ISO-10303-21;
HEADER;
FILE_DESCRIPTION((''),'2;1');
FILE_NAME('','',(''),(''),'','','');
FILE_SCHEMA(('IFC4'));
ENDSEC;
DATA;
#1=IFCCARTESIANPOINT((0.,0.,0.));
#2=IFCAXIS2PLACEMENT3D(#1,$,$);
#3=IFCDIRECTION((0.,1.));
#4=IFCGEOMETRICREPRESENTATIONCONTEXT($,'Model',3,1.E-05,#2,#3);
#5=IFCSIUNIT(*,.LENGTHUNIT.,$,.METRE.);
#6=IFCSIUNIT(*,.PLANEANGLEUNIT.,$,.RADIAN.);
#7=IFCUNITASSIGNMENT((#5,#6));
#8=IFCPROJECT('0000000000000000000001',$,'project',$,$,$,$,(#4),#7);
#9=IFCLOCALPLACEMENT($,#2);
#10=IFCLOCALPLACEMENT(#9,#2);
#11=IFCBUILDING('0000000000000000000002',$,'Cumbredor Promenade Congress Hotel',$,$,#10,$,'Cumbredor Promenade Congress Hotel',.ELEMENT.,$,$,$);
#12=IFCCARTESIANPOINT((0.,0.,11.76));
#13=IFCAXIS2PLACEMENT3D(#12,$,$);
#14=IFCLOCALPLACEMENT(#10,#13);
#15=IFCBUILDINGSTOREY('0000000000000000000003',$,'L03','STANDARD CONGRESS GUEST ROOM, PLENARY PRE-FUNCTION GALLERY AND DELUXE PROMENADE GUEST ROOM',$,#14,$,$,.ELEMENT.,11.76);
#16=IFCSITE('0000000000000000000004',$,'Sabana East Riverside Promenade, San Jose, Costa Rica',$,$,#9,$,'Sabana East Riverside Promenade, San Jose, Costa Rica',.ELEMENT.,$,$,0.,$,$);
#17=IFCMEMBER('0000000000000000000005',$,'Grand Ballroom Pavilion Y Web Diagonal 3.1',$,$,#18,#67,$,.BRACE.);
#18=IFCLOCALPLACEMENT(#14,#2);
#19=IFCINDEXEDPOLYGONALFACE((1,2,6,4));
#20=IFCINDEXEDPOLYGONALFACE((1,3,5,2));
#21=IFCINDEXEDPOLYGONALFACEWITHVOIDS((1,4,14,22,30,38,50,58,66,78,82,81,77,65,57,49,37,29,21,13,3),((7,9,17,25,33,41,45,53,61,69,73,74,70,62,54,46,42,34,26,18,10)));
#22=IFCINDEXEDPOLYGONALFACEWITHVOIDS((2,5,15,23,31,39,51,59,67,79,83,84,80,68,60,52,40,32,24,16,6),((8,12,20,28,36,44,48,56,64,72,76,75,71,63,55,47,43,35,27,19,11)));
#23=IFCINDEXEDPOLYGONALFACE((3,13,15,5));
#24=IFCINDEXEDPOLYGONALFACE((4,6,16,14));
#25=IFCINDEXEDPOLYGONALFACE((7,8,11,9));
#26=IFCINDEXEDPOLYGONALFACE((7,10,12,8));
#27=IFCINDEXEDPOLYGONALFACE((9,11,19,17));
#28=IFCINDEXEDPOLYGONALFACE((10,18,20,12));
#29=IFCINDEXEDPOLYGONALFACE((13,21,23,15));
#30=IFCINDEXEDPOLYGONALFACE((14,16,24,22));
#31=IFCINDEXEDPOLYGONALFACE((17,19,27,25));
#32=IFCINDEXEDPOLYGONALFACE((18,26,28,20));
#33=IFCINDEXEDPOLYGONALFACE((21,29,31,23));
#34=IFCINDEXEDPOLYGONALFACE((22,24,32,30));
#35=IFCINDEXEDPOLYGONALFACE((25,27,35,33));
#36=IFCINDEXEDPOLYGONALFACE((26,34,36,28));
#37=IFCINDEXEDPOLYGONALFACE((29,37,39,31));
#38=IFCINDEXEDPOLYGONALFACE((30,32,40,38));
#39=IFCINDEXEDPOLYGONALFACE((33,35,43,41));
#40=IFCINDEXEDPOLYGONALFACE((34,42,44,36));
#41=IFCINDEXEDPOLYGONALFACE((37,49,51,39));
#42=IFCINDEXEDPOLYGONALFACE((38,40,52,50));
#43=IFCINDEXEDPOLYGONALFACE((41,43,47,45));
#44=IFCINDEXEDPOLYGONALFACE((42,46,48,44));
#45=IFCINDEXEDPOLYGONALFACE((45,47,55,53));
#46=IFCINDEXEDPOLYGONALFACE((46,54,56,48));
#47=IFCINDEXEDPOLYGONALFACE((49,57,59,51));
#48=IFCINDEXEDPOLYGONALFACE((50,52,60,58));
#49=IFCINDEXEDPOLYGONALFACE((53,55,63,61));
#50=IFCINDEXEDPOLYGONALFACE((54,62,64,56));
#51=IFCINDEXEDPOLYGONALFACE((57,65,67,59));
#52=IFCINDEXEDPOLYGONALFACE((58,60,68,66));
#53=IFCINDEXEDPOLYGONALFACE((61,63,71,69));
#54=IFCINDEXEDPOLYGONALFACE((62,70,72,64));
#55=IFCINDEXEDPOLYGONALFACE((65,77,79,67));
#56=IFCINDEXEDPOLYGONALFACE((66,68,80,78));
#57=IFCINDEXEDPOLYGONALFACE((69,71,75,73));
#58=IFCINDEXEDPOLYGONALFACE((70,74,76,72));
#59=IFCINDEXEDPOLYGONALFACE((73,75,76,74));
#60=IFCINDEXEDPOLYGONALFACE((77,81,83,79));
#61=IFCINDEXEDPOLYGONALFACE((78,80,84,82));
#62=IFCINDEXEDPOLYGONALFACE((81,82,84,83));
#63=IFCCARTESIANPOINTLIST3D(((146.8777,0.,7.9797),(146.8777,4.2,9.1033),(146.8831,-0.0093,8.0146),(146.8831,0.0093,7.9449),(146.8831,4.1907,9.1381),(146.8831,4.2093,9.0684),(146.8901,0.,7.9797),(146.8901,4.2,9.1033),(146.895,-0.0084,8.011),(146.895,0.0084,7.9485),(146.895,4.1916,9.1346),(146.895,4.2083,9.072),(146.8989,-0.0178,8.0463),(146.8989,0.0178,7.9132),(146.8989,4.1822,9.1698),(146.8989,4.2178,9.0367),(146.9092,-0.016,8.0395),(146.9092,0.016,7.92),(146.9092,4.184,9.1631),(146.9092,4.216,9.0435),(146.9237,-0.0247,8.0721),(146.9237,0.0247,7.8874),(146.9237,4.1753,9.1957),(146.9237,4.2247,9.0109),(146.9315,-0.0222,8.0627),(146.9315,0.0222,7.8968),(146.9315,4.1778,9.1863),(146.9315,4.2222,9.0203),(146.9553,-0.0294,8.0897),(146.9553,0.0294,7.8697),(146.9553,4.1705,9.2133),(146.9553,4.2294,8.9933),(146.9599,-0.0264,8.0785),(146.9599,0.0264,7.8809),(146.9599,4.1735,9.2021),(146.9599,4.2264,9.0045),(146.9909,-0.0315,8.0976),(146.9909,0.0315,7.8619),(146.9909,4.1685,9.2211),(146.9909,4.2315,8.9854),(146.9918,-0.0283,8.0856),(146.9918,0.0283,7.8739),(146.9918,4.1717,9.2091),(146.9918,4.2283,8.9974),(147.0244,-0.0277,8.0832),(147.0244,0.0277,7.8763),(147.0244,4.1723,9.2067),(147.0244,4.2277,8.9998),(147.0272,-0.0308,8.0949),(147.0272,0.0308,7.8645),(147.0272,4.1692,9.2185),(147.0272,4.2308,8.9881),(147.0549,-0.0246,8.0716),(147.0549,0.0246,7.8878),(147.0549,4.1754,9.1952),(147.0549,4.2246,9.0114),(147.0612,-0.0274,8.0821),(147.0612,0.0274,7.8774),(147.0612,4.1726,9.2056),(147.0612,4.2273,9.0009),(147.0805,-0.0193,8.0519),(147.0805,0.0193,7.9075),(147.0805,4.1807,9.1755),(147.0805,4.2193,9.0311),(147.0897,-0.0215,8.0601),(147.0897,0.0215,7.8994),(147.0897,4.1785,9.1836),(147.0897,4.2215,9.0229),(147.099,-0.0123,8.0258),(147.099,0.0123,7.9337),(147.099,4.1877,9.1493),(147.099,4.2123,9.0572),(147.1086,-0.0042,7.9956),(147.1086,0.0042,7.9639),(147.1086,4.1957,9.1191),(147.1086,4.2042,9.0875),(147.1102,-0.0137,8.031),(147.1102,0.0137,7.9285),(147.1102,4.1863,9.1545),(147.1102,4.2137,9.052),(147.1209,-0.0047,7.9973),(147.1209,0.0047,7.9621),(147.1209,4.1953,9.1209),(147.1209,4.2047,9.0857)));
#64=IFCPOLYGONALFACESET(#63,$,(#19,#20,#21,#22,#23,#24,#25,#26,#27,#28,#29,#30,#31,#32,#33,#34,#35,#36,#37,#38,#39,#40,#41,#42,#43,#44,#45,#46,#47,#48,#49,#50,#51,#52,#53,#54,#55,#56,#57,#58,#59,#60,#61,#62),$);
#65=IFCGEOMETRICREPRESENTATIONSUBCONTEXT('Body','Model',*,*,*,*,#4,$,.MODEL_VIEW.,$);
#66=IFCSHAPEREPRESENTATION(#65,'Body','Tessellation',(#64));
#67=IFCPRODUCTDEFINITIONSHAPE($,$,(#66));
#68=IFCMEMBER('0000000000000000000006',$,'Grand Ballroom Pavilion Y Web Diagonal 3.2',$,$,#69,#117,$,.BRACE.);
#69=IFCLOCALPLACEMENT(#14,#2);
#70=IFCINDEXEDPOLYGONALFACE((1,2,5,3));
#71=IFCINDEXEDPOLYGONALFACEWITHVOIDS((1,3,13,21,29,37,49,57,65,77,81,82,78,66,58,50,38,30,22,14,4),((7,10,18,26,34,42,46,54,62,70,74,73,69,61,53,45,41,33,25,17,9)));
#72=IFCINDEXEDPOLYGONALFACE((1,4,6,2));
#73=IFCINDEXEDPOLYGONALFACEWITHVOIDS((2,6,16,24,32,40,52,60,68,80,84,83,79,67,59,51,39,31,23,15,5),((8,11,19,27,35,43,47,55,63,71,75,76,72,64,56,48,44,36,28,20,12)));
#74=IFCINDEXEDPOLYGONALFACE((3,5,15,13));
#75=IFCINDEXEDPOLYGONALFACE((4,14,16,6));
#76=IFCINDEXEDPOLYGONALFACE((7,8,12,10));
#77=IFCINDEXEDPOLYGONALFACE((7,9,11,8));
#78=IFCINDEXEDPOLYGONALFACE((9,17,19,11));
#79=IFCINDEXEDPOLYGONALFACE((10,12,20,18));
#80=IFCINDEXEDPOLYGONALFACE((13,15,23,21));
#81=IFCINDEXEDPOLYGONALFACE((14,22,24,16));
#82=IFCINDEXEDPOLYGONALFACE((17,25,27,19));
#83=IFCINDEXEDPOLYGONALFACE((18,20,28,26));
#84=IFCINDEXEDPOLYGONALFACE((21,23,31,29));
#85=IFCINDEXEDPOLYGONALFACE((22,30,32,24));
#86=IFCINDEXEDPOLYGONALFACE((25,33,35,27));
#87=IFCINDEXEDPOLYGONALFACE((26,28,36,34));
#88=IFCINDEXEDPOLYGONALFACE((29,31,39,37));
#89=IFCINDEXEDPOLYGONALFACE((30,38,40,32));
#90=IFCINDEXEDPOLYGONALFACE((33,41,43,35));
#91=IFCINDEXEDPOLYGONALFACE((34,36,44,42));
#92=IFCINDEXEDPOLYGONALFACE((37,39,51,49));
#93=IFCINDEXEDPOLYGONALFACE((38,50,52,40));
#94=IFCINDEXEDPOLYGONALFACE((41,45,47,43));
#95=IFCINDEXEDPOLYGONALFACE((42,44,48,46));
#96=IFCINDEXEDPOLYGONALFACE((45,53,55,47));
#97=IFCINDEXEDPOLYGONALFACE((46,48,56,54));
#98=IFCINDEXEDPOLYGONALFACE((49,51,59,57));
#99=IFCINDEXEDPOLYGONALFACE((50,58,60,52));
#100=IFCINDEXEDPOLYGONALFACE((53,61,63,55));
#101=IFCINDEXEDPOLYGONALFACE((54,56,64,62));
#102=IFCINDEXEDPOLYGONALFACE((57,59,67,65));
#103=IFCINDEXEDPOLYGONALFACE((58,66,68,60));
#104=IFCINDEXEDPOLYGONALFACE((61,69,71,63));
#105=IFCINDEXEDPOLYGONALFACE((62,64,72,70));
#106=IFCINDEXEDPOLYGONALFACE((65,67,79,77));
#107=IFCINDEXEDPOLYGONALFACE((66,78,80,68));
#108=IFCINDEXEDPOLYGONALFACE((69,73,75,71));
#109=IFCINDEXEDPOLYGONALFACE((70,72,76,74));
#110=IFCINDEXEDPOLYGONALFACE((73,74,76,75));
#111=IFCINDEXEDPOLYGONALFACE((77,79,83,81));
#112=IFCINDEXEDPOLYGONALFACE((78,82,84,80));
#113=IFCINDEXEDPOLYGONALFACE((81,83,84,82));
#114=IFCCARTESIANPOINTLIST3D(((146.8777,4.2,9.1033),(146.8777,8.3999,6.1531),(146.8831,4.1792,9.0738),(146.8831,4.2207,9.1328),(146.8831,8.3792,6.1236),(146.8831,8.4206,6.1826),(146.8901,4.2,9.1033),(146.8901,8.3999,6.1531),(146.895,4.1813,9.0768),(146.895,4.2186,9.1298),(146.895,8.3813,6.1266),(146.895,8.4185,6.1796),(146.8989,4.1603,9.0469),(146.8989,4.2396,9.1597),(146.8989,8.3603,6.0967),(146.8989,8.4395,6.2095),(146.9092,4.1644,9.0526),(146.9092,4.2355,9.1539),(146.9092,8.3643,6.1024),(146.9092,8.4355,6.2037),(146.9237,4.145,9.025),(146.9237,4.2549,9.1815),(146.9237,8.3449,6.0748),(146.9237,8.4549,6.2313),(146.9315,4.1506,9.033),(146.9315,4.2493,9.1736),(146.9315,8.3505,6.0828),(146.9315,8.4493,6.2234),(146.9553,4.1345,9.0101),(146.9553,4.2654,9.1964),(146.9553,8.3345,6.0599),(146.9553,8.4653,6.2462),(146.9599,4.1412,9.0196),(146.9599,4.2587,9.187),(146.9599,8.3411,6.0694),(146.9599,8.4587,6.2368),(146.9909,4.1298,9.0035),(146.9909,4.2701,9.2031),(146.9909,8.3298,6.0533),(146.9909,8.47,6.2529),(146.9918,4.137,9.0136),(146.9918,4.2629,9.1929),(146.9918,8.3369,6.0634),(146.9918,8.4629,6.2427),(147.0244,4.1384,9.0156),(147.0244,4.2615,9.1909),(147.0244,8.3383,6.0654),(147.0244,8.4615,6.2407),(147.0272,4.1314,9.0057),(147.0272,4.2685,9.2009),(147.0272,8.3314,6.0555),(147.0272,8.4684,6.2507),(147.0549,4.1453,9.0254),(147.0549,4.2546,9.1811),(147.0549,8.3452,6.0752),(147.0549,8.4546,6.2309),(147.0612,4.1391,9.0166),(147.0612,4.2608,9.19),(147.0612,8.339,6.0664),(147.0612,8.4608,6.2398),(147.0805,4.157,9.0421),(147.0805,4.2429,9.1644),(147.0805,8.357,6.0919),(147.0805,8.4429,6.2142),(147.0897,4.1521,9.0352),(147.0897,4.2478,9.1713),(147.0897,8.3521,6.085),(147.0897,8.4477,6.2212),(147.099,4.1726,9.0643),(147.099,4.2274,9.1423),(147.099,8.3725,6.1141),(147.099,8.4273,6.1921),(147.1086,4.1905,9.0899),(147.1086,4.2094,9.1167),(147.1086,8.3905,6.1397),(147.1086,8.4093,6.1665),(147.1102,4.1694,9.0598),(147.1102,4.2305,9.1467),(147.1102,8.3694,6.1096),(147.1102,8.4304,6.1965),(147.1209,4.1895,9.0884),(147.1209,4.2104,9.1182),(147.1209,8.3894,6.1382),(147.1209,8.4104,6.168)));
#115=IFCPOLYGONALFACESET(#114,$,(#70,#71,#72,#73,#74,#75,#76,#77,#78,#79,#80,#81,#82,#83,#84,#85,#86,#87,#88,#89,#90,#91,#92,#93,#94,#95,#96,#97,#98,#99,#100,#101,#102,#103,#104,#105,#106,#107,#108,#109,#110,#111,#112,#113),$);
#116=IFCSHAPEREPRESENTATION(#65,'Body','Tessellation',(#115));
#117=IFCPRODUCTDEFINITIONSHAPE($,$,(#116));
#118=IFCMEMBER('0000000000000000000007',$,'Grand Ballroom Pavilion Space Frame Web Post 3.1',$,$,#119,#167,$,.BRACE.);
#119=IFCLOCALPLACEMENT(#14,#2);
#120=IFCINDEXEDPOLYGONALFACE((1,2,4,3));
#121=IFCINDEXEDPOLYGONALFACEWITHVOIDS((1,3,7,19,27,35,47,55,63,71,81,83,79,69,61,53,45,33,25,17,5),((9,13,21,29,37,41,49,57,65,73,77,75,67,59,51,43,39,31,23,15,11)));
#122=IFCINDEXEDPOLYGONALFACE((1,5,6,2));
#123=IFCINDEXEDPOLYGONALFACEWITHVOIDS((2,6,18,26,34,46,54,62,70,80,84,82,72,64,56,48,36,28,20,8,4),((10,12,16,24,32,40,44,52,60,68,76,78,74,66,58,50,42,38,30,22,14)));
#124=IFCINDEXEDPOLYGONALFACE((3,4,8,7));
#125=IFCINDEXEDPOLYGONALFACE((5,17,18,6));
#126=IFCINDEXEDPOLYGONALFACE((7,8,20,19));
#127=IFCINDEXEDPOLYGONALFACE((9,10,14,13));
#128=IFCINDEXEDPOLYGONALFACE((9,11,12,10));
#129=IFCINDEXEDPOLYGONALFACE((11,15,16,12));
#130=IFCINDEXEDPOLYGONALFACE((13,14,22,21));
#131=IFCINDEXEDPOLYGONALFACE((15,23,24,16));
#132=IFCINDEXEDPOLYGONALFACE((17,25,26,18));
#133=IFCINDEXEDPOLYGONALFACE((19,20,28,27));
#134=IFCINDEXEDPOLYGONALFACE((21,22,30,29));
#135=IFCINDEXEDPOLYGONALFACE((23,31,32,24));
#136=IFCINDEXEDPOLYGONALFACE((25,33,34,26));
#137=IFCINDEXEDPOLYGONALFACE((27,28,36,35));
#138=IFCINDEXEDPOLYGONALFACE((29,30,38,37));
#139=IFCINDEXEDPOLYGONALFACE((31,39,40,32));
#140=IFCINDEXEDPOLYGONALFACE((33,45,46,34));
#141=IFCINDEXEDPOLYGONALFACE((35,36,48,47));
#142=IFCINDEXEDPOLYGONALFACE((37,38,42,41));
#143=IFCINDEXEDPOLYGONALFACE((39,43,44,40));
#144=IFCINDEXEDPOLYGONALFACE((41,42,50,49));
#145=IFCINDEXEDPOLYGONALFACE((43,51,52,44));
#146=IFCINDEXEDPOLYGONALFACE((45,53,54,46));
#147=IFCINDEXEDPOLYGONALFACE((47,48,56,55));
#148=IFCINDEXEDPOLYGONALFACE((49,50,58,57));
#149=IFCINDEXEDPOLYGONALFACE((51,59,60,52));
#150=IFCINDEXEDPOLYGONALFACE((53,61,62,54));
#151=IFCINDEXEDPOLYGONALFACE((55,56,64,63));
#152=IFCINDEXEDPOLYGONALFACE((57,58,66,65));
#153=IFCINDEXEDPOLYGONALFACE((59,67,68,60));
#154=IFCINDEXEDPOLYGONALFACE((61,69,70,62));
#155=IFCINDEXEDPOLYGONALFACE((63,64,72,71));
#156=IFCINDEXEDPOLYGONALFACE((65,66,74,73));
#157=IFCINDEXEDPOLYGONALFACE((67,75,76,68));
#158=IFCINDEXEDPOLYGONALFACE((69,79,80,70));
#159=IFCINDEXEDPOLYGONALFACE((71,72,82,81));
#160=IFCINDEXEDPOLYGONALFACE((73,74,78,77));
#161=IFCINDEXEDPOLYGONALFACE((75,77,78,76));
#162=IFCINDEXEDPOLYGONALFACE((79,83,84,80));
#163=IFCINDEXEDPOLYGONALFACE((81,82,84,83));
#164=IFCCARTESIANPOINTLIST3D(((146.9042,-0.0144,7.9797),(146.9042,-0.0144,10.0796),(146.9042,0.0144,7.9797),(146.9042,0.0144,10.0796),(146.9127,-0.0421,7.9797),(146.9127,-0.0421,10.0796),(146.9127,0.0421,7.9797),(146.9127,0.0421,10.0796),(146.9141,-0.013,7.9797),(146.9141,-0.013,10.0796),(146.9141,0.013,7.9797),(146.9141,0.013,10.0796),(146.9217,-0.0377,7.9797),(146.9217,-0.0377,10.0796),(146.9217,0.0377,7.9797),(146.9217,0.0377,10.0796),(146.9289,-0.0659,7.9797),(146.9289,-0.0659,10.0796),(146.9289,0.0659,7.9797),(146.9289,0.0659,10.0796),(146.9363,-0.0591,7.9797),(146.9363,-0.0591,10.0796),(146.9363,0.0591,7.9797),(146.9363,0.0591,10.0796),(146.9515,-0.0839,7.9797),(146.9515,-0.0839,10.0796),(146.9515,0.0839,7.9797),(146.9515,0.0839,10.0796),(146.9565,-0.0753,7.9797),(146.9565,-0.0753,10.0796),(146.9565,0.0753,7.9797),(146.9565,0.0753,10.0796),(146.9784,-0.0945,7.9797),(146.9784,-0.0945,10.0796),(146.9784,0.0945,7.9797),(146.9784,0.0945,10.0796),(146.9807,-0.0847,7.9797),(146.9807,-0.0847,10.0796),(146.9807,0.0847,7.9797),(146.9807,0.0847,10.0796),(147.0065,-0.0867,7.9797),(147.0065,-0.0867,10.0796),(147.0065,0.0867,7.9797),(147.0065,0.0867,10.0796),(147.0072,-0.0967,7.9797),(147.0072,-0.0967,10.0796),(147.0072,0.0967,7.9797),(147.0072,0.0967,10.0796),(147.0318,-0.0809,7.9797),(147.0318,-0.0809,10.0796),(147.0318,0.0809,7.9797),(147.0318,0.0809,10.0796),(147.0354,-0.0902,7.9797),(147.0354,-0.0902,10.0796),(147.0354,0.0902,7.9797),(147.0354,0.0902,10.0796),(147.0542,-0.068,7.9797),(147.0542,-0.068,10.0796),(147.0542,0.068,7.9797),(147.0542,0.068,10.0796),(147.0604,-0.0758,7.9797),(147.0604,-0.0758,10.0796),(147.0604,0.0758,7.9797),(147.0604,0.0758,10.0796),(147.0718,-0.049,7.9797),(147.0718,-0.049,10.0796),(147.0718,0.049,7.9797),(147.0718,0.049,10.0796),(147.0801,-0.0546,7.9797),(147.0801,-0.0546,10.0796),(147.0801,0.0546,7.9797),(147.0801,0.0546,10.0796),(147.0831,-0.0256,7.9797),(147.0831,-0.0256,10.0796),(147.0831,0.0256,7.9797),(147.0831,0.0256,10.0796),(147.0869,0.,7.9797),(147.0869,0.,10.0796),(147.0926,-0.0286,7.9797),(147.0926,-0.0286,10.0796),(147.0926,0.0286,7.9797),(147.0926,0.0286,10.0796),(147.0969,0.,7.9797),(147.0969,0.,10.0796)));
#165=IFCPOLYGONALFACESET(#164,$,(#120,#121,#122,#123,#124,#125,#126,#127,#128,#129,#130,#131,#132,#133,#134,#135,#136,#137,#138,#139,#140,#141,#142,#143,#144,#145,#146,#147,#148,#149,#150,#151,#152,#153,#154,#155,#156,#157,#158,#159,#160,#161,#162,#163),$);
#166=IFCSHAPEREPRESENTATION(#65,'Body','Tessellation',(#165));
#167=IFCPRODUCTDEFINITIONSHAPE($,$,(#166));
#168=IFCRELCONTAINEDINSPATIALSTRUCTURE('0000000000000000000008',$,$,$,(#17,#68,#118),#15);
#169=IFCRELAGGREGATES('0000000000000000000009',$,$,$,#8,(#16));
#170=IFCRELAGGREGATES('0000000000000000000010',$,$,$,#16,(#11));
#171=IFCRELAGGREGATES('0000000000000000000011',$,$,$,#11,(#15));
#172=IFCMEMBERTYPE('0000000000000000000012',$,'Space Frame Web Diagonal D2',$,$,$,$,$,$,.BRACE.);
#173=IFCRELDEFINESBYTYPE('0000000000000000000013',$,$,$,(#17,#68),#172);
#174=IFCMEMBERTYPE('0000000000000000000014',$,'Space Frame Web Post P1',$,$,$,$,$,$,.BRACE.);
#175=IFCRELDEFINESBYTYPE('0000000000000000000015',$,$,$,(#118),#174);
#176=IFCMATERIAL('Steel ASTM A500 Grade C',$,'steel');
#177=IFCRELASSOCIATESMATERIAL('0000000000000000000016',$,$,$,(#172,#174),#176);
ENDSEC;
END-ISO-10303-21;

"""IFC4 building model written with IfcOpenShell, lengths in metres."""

from ifc_helpers import new_model, si_unit, direction, frame, origin, origin_2d, place, context, subcontext, project, spatial, hollow_circle, extrude, material, material_profile, profile_set, type_object, element, save


model = new_model("IFC4")

# Units and contexts
model_context = context("Model", 3, precision=1e-05, world=origin(), true_north=direction((0.0, 1.0)))
body_context = subcontext(model_context, "Body", "Model", "MODEL_VIEW")
ifc_project = project(units=[si_unit("LENGTHUNIT", "METRE"), si_unit("PLANEANGLEUNIT", "RADIAN")], contexts=[model_context])

# Site, building, storey
site_placement = place(None, origin())
site = spatial("IfcSite", under=ifc_project, at=site_placement, Name="Sabana East Riverside Promenade, San Jose, Costa Rica", LongName="Sabana East Riverside Promenade, San Jose, Costa Rica", CompositionType="ELEMENT", RefElevation=0.0)
building_placement = place(site_placement, origin())
building = spatial("IfcBuilding", under=site, at=building_placement, Name="Cumbredor Promenade Congress Hotel", LongName="Cumbredor Promenade Congress Hotel", CompositionType="ELEMENT")
storey_placement = place(building_placement, frame((0.0, 0.0, 11.76)))
storey = spatial("IfcBuildingStorey", under=building, at=storey_placement, Name="L03", Description="STANDARD CONGRESS GUEST ROOM, PLENARY PRE-FUNCTION GALLERY AND DELUXE PROMENADE GUEST ROOM", CompositionType="ELEMENT", Elevation=11.76)

# Shared definitions
ifc_material_1 = material(Name="Steel ASTM A500 Grade C", Category="steel")

# Members
ifc_material_profile_1 = material_profile(ifc_material_1, hollow_circle(Radius=0.1223, WallThickness=0.0125, at=origin_2d()), Name="CHS 244.5x12.5")
ifc_profile_set_1 = profile_set([ifc_material_profile_1], Name="Steel ASTM A500 Grade C")
member_type_1 = type_object("IfcMemberType", Name="Space Frame Web Diagonal D2", PredefinedType="BRACE", material=ifc_profile_set_1)
member_1_placement = place(storey_placement, frame((147.0, 0.0, 7.9797), z_axis=(0.0, 0.966031, 0.258425), x_axis=(-1.0, 0.0, 0.0)))
element("IfcMember", 1, at=member_1_placement, inside=storey, type_object=member_type_1, Name="Grand Ballroom Pavilion Y Web Diagonal 3.1", PredefinedType="BRACE", context=body_context, shape_type="SweptSolid", body=[
    extrude(hollow_circle(Radius=0.1223, WallThickness=0.0125, at=origin_2d()), origin(), (0.0, 0.0, 1.0), 4.3477),
])
member_2_placement = place(storey_placement, frame((147.0, 4.2, 9.1033), z_axis=(0.0, 0.818294, -0.574799), x_axis=(-1.0, 0.0, 0.0)))
element("IfcMember", 2, at=member_2_placement, inside=storey, type_object=member_type_1, Name="Grand Ballroom Pavilion Y Web Diagonal 3.2", PredefinedType="BRACE", context=body_context, shape_type="SweptSolid", body=[
    extrude(hollow_circle(Radius=0.1223, WallThickness=0.0125, at=origin_2d()), origin(), (0.0, 0.0, 1.0), 5.1326),
])
ifc_material_profile_2 = material_profile(ifc_material_1, hollow_circle(Radius=0.0969, WallThickness=0.01, at=origin_2d()), Name="CHS 193.7x10")
ifc_profile_set_2 = profile_set([ifc_material_profile_2], Name="Steel ASTM A500 Grade C")
member_type_2 = type_object("IfcMemberType", Name="Space Frame Web Post P1", PredefinedType="BRACE", material=ifc_profile_set_2)
member_3_placement = place(storey_placement, frame((147.0, 0.0, 7.9797), z_axis=(0.0, 0.0, 1.0), x_axis=(1.0, 0.0, 0.0)))
element("IfcMember", 3, at=member_3_placement, inside=storey, type_object=member_type_2, Name="Grand Ballroom Pavilion Space Frame Web Post 3.1", PredefinedType="BRACE", context=body_context, shape_type="SweptSolid", body=[
    extrude(hollow_circle(Radius=0.0969, WallThickness=0.01, at=origin_2d()), origin(), (0.0, 0.0, 1.0), 2.0999),
])

save(model, "model.ifc")
